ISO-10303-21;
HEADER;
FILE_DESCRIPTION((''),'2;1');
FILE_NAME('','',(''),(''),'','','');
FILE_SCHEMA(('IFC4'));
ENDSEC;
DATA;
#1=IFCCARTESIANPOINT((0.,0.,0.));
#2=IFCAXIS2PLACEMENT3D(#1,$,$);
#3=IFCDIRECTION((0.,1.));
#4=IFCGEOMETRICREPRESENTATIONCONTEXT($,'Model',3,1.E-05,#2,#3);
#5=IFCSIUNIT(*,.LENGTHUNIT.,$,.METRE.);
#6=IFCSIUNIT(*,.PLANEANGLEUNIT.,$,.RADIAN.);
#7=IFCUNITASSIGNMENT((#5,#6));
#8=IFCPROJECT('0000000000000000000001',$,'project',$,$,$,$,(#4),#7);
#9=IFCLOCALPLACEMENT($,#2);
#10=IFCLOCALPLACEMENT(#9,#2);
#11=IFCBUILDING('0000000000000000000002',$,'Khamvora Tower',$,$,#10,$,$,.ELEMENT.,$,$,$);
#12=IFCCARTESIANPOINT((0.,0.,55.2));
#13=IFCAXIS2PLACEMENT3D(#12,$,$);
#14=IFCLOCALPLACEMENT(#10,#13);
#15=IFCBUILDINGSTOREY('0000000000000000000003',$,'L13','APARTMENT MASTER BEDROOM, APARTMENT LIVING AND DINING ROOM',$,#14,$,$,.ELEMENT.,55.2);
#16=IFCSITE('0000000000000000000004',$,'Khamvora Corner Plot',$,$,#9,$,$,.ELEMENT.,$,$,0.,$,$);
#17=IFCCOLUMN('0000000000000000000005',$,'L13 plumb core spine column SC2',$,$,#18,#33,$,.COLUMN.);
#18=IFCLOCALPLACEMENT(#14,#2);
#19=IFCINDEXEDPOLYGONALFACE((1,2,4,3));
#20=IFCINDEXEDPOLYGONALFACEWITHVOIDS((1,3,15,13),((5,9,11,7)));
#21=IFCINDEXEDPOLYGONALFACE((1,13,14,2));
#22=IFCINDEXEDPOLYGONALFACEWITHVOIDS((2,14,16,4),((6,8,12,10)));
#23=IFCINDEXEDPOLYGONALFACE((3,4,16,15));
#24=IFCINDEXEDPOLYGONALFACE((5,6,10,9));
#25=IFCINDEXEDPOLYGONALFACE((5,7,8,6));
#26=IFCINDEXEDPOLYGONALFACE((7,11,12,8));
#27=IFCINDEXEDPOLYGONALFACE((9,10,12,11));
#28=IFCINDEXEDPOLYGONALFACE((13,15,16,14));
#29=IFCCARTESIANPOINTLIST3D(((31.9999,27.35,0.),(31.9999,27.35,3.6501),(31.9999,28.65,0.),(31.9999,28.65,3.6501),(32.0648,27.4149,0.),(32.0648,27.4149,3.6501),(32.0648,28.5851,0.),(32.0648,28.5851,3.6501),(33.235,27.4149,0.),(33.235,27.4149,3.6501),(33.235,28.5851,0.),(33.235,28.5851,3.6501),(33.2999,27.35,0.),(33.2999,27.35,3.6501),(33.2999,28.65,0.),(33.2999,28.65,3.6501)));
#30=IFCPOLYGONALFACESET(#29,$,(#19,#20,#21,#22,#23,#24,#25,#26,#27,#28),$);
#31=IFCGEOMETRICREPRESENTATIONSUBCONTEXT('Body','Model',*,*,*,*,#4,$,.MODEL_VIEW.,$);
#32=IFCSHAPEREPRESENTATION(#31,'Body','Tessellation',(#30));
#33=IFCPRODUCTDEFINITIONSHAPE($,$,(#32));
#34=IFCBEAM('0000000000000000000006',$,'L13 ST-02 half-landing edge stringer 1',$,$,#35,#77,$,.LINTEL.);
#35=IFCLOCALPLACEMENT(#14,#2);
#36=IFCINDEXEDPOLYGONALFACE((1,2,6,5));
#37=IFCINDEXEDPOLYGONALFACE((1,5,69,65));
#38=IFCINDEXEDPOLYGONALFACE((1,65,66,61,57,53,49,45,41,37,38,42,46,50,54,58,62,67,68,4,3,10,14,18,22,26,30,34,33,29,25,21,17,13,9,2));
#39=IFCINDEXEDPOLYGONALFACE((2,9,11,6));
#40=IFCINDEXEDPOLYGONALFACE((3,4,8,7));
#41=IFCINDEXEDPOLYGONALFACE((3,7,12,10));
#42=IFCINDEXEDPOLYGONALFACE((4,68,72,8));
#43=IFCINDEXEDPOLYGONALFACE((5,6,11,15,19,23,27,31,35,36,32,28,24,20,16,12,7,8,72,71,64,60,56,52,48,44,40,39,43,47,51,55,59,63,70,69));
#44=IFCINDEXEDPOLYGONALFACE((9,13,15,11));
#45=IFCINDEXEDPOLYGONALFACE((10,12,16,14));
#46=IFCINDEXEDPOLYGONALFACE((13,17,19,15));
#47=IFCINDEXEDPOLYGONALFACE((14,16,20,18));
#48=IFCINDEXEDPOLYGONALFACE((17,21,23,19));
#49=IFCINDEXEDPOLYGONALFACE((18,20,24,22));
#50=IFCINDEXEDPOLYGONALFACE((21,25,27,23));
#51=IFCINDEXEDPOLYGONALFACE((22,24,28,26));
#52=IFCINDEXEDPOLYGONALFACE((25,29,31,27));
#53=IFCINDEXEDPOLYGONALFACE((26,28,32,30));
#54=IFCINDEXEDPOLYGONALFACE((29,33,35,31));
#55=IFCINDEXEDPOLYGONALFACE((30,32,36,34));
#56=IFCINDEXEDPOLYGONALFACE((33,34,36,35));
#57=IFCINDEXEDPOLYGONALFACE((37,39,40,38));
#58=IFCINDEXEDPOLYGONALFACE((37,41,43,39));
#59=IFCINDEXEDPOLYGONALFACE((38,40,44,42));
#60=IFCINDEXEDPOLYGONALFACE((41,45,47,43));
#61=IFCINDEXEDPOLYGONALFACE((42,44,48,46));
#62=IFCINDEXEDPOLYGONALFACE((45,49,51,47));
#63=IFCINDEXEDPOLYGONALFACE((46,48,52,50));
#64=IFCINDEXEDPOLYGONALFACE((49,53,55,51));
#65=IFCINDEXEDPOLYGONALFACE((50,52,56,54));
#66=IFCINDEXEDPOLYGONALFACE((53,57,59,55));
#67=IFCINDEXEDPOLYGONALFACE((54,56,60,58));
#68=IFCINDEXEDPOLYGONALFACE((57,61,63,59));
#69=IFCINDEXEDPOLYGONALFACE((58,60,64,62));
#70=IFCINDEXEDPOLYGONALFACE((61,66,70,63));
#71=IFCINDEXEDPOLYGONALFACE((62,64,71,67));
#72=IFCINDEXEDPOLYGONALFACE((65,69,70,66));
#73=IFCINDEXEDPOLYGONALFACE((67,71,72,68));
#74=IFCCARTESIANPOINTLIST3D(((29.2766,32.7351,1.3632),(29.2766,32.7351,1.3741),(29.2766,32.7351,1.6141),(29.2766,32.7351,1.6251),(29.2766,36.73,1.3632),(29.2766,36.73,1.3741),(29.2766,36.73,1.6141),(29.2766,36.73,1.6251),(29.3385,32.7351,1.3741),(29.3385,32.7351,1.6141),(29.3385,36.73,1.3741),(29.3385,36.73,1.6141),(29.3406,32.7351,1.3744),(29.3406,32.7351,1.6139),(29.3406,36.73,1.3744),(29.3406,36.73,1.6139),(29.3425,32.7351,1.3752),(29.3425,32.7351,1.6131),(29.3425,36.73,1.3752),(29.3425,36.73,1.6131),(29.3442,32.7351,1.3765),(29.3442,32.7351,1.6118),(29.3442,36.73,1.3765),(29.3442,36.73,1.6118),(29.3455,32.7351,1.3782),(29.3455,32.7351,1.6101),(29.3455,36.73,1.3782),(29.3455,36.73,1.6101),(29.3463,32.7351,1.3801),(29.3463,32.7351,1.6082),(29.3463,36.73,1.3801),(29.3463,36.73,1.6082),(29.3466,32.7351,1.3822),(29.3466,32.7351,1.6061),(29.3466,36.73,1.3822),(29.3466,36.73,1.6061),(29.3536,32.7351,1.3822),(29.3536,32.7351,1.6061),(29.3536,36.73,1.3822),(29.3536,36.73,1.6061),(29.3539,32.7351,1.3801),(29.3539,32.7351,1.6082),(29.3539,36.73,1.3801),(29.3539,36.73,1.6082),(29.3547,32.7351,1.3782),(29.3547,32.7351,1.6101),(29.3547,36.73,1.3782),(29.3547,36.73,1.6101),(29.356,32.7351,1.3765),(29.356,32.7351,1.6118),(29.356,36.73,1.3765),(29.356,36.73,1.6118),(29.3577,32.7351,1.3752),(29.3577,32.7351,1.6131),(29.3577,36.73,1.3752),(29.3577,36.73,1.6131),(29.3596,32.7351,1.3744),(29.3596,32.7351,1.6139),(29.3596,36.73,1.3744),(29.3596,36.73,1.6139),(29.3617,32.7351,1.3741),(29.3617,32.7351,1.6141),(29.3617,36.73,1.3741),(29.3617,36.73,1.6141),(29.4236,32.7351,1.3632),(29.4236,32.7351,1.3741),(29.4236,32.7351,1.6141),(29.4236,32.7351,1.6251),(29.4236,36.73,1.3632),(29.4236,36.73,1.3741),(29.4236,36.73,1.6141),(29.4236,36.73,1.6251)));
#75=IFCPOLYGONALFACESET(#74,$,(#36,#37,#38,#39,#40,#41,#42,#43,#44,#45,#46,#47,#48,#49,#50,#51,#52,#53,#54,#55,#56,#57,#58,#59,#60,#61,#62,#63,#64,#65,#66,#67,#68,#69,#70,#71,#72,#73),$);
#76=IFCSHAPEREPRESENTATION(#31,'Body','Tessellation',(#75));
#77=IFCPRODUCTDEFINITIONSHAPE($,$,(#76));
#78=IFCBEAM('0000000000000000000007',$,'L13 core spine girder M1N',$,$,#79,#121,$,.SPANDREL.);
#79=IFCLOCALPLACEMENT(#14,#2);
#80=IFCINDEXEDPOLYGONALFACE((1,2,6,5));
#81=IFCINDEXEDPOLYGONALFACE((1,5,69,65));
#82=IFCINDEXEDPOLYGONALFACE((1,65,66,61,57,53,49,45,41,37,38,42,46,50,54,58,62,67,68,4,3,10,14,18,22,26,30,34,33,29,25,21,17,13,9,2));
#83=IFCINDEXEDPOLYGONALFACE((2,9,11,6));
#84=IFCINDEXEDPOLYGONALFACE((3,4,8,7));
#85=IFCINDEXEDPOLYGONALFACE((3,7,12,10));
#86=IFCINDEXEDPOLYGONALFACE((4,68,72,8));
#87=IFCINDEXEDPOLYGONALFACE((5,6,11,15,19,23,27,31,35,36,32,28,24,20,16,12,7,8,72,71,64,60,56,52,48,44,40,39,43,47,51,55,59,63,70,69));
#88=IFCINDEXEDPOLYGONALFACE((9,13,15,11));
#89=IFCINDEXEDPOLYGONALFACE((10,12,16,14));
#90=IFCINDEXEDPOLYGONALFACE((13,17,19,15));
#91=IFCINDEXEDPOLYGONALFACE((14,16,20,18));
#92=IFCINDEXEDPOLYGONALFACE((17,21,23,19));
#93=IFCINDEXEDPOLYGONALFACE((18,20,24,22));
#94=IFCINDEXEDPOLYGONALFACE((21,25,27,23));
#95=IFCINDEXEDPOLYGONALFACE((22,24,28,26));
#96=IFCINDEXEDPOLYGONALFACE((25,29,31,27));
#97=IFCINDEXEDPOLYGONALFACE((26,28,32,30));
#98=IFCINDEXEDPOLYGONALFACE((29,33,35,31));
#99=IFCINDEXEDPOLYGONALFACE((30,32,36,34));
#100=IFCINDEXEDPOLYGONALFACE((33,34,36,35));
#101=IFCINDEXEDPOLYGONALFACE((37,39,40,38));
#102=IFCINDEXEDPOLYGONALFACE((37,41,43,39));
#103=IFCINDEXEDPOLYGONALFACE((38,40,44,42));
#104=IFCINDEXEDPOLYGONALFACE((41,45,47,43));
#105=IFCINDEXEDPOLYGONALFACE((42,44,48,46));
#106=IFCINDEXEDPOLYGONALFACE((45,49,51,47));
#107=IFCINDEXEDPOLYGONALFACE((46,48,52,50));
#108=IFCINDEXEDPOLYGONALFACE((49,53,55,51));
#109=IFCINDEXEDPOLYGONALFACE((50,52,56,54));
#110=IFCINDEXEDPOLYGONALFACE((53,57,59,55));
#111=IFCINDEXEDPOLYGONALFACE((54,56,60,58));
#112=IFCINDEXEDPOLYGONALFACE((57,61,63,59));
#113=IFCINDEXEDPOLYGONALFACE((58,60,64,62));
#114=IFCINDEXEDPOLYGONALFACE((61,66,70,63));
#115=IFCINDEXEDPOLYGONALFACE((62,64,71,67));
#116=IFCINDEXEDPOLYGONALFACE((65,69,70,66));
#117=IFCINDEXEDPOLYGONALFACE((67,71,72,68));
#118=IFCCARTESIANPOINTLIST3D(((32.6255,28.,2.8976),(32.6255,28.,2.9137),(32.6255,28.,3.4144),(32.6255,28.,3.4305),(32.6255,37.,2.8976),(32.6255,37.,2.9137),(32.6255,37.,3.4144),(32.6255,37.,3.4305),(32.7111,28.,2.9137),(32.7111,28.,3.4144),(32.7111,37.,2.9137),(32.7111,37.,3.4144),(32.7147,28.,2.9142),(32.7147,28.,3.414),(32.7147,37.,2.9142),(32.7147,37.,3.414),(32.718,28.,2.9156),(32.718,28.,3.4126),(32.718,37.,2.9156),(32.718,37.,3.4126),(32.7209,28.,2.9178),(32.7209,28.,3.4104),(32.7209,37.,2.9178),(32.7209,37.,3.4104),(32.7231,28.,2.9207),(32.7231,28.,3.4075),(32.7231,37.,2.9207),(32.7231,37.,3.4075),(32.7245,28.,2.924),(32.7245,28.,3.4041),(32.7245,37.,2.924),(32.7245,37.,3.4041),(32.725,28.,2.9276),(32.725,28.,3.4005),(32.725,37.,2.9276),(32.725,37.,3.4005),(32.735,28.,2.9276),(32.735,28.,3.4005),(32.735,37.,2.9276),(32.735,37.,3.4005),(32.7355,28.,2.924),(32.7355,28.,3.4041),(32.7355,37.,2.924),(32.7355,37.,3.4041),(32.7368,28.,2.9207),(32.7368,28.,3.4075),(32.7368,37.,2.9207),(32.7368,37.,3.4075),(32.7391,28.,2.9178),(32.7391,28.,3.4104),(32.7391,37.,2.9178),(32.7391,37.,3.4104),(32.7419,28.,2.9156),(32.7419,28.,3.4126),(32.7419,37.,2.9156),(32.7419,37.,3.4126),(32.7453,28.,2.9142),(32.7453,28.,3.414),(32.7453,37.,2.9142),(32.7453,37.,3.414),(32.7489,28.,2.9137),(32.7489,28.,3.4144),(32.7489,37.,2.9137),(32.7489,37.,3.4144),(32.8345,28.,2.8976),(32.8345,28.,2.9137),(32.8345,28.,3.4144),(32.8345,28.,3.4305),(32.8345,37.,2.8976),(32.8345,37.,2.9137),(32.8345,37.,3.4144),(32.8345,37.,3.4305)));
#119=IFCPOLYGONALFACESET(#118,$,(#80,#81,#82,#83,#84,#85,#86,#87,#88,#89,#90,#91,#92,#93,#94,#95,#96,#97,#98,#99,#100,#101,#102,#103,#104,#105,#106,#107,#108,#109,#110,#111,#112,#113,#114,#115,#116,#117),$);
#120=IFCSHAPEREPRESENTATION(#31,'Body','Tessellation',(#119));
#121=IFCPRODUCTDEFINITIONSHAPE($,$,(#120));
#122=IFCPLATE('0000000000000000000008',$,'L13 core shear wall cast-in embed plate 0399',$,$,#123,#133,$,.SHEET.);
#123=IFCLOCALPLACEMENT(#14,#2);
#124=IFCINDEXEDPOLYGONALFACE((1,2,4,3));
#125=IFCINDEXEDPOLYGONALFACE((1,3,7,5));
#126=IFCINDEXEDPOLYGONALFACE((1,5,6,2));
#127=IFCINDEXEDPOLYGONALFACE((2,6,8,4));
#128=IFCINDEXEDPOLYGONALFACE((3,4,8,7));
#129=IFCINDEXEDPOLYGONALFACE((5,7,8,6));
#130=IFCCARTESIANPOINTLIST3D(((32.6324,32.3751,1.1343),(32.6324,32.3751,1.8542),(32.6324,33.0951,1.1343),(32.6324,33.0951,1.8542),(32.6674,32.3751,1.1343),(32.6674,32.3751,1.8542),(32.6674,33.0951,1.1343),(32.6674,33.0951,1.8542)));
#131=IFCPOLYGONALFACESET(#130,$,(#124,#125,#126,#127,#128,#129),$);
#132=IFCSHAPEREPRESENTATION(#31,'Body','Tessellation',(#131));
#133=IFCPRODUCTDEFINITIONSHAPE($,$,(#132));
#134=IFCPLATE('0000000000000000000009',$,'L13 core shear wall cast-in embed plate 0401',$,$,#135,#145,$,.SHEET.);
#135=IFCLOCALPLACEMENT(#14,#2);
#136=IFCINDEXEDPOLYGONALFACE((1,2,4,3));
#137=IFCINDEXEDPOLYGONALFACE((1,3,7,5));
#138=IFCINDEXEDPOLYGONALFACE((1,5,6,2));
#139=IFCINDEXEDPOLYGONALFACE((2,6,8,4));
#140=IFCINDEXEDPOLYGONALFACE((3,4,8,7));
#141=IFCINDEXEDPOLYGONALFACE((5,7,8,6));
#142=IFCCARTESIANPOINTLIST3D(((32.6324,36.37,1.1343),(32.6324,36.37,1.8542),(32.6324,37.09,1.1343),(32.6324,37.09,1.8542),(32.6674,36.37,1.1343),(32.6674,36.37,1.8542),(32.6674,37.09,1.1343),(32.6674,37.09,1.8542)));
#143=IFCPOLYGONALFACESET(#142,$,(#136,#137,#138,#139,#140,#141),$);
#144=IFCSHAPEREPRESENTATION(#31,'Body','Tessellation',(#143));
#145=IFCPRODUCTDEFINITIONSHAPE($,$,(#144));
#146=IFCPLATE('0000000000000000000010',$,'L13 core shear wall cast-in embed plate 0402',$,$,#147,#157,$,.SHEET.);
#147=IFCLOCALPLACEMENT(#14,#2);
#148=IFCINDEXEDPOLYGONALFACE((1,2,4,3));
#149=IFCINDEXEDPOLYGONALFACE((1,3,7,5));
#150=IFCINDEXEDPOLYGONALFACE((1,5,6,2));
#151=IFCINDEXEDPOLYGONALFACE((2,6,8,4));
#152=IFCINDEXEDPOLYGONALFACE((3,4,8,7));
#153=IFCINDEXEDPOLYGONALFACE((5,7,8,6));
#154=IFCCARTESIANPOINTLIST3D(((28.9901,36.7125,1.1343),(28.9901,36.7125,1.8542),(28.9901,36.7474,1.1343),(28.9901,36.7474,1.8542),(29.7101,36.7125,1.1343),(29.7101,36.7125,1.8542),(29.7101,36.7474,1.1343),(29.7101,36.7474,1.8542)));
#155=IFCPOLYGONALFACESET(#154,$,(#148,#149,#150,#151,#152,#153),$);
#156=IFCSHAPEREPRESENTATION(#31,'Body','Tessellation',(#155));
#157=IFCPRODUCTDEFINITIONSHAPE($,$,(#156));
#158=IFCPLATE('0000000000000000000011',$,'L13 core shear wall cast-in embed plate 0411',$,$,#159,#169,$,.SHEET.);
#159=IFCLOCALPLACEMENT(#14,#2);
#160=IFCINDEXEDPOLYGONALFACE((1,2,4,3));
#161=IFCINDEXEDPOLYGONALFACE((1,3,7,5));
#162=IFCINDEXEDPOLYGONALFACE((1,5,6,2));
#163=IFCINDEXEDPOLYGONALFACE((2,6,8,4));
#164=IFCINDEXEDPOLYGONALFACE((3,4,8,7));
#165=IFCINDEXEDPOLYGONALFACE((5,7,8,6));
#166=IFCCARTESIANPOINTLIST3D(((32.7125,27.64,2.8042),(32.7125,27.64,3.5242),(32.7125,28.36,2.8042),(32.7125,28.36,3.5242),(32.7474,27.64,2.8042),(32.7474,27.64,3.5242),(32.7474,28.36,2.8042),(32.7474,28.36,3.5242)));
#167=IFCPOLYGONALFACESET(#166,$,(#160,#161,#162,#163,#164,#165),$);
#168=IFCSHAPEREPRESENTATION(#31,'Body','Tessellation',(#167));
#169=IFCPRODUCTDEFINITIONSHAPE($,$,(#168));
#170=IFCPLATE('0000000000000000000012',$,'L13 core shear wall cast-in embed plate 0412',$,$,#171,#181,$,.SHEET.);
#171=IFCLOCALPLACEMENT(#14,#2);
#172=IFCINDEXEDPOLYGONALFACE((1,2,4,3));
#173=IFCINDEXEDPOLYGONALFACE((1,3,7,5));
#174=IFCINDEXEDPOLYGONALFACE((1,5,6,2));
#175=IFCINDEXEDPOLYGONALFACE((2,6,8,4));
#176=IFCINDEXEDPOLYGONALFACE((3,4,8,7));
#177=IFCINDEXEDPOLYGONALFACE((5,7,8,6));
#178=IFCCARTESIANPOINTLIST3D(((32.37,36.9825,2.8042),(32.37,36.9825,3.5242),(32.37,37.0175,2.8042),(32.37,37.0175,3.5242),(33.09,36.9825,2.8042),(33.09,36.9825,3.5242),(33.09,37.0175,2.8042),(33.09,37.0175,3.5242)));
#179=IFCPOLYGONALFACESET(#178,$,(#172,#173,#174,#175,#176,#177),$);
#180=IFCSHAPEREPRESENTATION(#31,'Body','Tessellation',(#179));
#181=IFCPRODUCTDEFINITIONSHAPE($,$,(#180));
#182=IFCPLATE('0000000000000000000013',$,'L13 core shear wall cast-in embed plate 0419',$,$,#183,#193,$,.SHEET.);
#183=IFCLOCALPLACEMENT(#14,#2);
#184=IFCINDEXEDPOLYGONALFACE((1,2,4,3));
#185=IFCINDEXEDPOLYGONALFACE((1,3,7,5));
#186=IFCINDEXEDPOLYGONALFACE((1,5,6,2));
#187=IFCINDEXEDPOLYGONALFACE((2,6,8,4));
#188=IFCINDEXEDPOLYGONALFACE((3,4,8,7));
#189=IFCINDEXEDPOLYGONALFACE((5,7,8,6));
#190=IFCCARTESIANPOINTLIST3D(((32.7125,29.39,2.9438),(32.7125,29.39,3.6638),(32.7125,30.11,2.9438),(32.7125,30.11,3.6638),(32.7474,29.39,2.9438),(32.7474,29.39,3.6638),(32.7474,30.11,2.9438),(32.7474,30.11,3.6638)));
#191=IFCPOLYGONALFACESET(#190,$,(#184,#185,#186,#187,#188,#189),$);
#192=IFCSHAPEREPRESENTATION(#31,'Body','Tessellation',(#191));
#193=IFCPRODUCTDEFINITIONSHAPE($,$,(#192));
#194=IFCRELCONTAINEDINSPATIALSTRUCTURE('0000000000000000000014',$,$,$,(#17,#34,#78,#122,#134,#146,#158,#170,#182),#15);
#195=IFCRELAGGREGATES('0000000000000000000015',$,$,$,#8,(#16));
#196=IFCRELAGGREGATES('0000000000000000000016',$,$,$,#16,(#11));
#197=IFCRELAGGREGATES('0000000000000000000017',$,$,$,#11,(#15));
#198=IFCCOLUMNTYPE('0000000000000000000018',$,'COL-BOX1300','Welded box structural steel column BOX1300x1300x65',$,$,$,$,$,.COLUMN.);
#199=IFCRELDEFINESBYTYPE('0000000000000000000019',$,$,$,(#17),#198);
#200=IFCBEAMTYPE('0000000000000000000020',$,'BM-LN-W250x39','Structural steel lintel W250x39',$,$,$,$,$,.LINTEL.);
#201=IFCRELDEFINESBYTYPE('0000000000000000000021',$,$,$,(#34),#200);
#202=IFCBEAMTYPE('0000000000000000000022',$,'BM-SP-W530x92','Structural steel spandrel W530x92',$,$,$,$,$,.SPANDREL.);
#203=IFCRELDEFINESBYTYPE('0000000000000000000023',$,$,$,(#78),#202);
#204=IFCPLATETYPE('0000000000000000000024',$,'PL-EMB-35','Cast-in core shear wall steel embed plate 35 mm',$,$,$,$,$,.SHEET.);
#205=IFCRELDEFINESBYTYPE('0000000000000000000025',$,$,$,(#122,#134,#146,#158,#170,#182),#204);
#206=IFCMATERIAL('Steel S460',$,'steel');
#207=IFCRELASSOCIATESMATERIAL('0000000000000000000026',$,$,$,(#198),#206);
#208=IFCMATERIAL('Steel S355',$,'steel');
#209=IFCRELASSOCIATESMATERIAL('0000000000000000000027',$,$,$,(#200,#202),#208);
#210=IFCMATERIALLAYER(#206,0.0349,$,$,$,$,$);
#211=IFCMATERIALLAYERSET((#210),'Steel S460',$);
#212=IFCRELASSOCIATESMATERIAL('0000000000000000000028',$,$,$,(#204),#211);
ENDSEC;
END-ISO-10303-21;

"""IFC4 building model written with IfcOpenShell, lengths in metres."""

from ifc_helpers import new_model, si_unit, direction, frame, origin, origin_2d, place, context, subcontext, project, spatial, rectangle, hollow_rectangle, i_section, extrude, material, layer, layer_set, material_profile, profile_set, type_object, element, save


model = new_model("IFC4")

# Units and contexts
model_context = context("Model", 3, precision=1e-05, world=origin(), true_north=direction((0.0, 1.0)))
body_context = subcontext(model_context, "Body", "Model", "MODEL_VIEW")
ifc_project = project(units=[si_unit("LENGTHUNIT", "METRE"), si_unit("PLANEANGLEUNIT", "RADIAN")], contexts=[model_context])

# Site, building, storey
site_placement = place(None, origin())
site = spatial("IfcSite", under=ifc_project, at=site_placement, Name="Khamvora Corner Plot", CompositionType="ELEMENT", RefElevation=0.0)
building_placement = place(site_placement, origin())
building = spatial("IfcBuilding", under=site, at=building_placement, Name="Khamvora Tower", CompositionType="ELEMENT")
storey_placement = place(building_placement, frame((0.0, 0.0, 55.2)))
storey = spatial("IfcBuildingStorey", under=building, at=storey_placement, Name="L13", Description="APARTMENT MASTER BEDROOM, APARTMENT LIVING AND DINING ROOM", CompositionType="ELEMENT", Elevation=55.2)

# Column
ifc_material_1 = material(Name="Steel S460", Category="steel")
ifc_material_profile_1 = material_profile(ifc_material_1, hollow_rectangle(XDim=1.3, YDim=1.3, WallThickness=0.0649, at=origin_2d()), Name="BOX1300x1300x65")
ifc_profile_set_1 = profile_set([ifc_material_profile_1], Name="Steel S460")
column_type = type_object("IfcColumnType", Name="COL-BOX1300", Description="Welded box structural steel column BOX1300x1300x65", PredefinedType="COLUMN", material=ifc_profile_set_1)
column_placement = place(storey_placement, frame((32.6499, 28.0, 0.0), z_axis=(0.0, 0.0, 1.0), x_axis=(1.0, 0.0, 0.0)))
element("IfcColumn", 1, at=column_placement, inside=storey, type_object=column_type, Name="L13 plumb core spine column SC2", PredefinedType="COLUMN", context=body_context, shape_type="SweptSolid", body=[
    extrude(hollow_rectangle(XDim=1.3, YDim=1.3, WallThickness=0.0649, at=origin_2d()), origin(), (0.0, 0.0, 1.0), 3.6501),
])

# Beams
ifc_material_2 = material(Name="Steel S355", Category="steel")
ifc_material_profile_2 = material_profile(ifc_material_2, i_section(OverallWidth=0.147, OverallDepth=0.262, WebThickness=0.0071, FlangeThickness=0.011, FilletRadius=0.0081, at=origin_2d()), Name="W250x39")
ifc_profile_set_2 = profile_set([ifc_material_profile_2], Name="Steel S355")
beam_type_1 = type_object("IfcBeamType", Name="BM-LN-W250x39", Description="Structural steel lintel W250x39", PredefinedType="LINTEL", material=ifc_profile_set_2)
beam_1_placement = place(storey_placement, frame((29.3501, 32.7351, 1.4941), z_axis=(0.0, 1.0, 0.0), x_axis=(-1.0, 0.0, 0.0)))
element("IfcBeam", 2, at=beam_1_placement, inside=storey, type_object=beam_type_1, Name="L13 ST-02 half-landing edge stringer 1", PredefinedType="LINTEL", context=body_context, shape_type="SweptSolid", body=[
    extrude(i_section(OverallWidth=0.147, OverallDepth=0.262, WebThickness=0.0071, FlangeThickness=0.011, FilletRadius=0.0081, at=origin_2d()), origin(), (0.0, 0.0, 1.0), 3.9949),
])
ifc_material_profile_3 = material_profile(ifc_material_2, i_section(OverallWidth=0.209, OverallDepth=0.533, WebThickness=0.01, FlangeThickness=0.0161, FilletRadius=0.0139, at=origin_2d()), Name="W530x92")
ifc_profile_set_3 = profile_set([ifc_material_profile_3], Name="Steel S355")
beam_type_2 = type_object("IfcBeamType", Name="BM-SP-W530x92", Description="Structural steel spandrel W530x92", PredefinedType="SPANDREL", material=ifc_profile_set_3)
beam_2_placement = place(storey_placement, frame((32.73, 28.0, 3.1641), z_axis=(0.0, 1.0, 0.0), x_axis=(-1.0, 0.0, 0.0)))
element("IfcBeam", 3, at=beam_2_placement, inside=storey, type_object=beam_type_2, Name="L13 core spine girder M1N", PredefinedType="SPANDREL", context=body_context, shape_type="SweptSolid", body=[
    extrude(i_section(OverallWidth=0.209, OverallDepth=0.533, WebThickness=0.01, FlangeThickness=0.0161, FilletRadius=0.0139, at=origin_2d()), origin(), (0.0, 0.0, 1.0), 9.0),
])

# Plates
ifc_layer_1 = layer(ifc_material_1, 0.0349)
ifc_layer_set_1 = layer_set([ifc_layer_1], Name="Steel S460")
plate_type = type_object("IfcPlateType", Name="PL-EMB-35", Description="Cast-in core shear wall steel embed plate 35 mm", PredefinedType="SHEET", material=ifc_layer_set_1)
for number, where, z_axis, x_axis, name in (
    (4, (32.6499, 32.7351, 1.1343), (0.0, 0.0, 1.0), (1.0, 0.0, 0.0), "L13 core shear wall cast-in embed plate 0399"),
    (5, (32.6499, 36.73, 1.1343), (0.0, 0.0, 1.0), (1.0, 0.0, 0.0), "L13 core shear wall cast-in embed plate 0401"),
):
    element("IfcPlate", number, at=place(storey_placement, frame(where, z_axis=z_axis, x_axis=x_axis)), inside=storey, type_object=plate_type, Name=name, PredefinedType="SHEET", context=body_context, shape_type="SweptSolid", body=[
        extrude(rectangle(XDim=0.0349, YDim=0.72, at=origin_2d()), origin(), (0.0, 0.0, 1.0), 0.72),
    ])
plate_1_placement = place(storey_placement, frame((29.3501, 36.73, 1.1343), z_axis=(0.0, 0.0, 1.0), x_axis=(1.0, 0.0, 0.0)))
element("IfcPlate", 6, at=plate_1_placement, inside=storey, type_object=plate_type, Name="L13 core shear wall cast-in embed plate 0402", PredefinedType="SHEET", context=body_context, shape_type="SweptSolid", body=[
    extrude(rectangle(XDim=0.72, YDim=0.0349, at=origin_2d()), origin(), (0.0, 0.0, 1.0), 0.72),
])
plate_2_placement = place(storey_placement, frame((32.73, 28.0, 2.8042), z_axis=(0.0, 0.0, 1.0), x_axis=(1.0, 0.0, 0.0)))
element("IfcPlate", 7, at=plate_2_placement, inside=storey, type_object=plate_type, Name="L13 core shear wall cast-in embed plate 0411", PredefinedType="SHEET", context=body_context, shape_type="SweptSolid", body=[
    extrude(rectangle(XDim=0.0349, YDim=0.72, at=origin_2d()), origin(), (0.0, 0.0, 1.0), 0.72),
])
plate_3_placement = place(storey_placement, frame((32.73, 37.0, 2.8042), z_axis=(0.0, 0.0, 1.0), x_axis=(1.0, 0.0, 0.0)))
element("IfcPlate", 8, at=plate_3_placement, inside=storey, type_object=plate_type, Name="L13 core shear wall cast-in embed plate 0412", PredefinedType="SHEET", context=body_context, shape_type="SweptSolid", body=[
    extrude(rectangle(XDim=0.72, YDim=0.0349, at=origin_2d()), origin(), (0.0, 0.0, 1.0), 0.72),
])
plate_4_placement = place(storey_placement, frame((32.73, 29.75, 2.9438), z_axis=(0.0, 0.0, 1.0), x_axis=(1.0, 0.0, 0.0)))
element("IfcPlate", 9, at=plate_4_placement, inside=storey, type_object=plate_type, Name="L13 core shear wall cast-in embed plate 0419", PredefinedType="SHEET", context=body_context, shape_type="SweptSolid", body=[
    extrude(rectangle(XDim=0.0349, YDim=0.72, at=origin_2d()), origin(), (0.0, 0.0, 1.0), 0.72),
])

save(model, "model.ifc")
